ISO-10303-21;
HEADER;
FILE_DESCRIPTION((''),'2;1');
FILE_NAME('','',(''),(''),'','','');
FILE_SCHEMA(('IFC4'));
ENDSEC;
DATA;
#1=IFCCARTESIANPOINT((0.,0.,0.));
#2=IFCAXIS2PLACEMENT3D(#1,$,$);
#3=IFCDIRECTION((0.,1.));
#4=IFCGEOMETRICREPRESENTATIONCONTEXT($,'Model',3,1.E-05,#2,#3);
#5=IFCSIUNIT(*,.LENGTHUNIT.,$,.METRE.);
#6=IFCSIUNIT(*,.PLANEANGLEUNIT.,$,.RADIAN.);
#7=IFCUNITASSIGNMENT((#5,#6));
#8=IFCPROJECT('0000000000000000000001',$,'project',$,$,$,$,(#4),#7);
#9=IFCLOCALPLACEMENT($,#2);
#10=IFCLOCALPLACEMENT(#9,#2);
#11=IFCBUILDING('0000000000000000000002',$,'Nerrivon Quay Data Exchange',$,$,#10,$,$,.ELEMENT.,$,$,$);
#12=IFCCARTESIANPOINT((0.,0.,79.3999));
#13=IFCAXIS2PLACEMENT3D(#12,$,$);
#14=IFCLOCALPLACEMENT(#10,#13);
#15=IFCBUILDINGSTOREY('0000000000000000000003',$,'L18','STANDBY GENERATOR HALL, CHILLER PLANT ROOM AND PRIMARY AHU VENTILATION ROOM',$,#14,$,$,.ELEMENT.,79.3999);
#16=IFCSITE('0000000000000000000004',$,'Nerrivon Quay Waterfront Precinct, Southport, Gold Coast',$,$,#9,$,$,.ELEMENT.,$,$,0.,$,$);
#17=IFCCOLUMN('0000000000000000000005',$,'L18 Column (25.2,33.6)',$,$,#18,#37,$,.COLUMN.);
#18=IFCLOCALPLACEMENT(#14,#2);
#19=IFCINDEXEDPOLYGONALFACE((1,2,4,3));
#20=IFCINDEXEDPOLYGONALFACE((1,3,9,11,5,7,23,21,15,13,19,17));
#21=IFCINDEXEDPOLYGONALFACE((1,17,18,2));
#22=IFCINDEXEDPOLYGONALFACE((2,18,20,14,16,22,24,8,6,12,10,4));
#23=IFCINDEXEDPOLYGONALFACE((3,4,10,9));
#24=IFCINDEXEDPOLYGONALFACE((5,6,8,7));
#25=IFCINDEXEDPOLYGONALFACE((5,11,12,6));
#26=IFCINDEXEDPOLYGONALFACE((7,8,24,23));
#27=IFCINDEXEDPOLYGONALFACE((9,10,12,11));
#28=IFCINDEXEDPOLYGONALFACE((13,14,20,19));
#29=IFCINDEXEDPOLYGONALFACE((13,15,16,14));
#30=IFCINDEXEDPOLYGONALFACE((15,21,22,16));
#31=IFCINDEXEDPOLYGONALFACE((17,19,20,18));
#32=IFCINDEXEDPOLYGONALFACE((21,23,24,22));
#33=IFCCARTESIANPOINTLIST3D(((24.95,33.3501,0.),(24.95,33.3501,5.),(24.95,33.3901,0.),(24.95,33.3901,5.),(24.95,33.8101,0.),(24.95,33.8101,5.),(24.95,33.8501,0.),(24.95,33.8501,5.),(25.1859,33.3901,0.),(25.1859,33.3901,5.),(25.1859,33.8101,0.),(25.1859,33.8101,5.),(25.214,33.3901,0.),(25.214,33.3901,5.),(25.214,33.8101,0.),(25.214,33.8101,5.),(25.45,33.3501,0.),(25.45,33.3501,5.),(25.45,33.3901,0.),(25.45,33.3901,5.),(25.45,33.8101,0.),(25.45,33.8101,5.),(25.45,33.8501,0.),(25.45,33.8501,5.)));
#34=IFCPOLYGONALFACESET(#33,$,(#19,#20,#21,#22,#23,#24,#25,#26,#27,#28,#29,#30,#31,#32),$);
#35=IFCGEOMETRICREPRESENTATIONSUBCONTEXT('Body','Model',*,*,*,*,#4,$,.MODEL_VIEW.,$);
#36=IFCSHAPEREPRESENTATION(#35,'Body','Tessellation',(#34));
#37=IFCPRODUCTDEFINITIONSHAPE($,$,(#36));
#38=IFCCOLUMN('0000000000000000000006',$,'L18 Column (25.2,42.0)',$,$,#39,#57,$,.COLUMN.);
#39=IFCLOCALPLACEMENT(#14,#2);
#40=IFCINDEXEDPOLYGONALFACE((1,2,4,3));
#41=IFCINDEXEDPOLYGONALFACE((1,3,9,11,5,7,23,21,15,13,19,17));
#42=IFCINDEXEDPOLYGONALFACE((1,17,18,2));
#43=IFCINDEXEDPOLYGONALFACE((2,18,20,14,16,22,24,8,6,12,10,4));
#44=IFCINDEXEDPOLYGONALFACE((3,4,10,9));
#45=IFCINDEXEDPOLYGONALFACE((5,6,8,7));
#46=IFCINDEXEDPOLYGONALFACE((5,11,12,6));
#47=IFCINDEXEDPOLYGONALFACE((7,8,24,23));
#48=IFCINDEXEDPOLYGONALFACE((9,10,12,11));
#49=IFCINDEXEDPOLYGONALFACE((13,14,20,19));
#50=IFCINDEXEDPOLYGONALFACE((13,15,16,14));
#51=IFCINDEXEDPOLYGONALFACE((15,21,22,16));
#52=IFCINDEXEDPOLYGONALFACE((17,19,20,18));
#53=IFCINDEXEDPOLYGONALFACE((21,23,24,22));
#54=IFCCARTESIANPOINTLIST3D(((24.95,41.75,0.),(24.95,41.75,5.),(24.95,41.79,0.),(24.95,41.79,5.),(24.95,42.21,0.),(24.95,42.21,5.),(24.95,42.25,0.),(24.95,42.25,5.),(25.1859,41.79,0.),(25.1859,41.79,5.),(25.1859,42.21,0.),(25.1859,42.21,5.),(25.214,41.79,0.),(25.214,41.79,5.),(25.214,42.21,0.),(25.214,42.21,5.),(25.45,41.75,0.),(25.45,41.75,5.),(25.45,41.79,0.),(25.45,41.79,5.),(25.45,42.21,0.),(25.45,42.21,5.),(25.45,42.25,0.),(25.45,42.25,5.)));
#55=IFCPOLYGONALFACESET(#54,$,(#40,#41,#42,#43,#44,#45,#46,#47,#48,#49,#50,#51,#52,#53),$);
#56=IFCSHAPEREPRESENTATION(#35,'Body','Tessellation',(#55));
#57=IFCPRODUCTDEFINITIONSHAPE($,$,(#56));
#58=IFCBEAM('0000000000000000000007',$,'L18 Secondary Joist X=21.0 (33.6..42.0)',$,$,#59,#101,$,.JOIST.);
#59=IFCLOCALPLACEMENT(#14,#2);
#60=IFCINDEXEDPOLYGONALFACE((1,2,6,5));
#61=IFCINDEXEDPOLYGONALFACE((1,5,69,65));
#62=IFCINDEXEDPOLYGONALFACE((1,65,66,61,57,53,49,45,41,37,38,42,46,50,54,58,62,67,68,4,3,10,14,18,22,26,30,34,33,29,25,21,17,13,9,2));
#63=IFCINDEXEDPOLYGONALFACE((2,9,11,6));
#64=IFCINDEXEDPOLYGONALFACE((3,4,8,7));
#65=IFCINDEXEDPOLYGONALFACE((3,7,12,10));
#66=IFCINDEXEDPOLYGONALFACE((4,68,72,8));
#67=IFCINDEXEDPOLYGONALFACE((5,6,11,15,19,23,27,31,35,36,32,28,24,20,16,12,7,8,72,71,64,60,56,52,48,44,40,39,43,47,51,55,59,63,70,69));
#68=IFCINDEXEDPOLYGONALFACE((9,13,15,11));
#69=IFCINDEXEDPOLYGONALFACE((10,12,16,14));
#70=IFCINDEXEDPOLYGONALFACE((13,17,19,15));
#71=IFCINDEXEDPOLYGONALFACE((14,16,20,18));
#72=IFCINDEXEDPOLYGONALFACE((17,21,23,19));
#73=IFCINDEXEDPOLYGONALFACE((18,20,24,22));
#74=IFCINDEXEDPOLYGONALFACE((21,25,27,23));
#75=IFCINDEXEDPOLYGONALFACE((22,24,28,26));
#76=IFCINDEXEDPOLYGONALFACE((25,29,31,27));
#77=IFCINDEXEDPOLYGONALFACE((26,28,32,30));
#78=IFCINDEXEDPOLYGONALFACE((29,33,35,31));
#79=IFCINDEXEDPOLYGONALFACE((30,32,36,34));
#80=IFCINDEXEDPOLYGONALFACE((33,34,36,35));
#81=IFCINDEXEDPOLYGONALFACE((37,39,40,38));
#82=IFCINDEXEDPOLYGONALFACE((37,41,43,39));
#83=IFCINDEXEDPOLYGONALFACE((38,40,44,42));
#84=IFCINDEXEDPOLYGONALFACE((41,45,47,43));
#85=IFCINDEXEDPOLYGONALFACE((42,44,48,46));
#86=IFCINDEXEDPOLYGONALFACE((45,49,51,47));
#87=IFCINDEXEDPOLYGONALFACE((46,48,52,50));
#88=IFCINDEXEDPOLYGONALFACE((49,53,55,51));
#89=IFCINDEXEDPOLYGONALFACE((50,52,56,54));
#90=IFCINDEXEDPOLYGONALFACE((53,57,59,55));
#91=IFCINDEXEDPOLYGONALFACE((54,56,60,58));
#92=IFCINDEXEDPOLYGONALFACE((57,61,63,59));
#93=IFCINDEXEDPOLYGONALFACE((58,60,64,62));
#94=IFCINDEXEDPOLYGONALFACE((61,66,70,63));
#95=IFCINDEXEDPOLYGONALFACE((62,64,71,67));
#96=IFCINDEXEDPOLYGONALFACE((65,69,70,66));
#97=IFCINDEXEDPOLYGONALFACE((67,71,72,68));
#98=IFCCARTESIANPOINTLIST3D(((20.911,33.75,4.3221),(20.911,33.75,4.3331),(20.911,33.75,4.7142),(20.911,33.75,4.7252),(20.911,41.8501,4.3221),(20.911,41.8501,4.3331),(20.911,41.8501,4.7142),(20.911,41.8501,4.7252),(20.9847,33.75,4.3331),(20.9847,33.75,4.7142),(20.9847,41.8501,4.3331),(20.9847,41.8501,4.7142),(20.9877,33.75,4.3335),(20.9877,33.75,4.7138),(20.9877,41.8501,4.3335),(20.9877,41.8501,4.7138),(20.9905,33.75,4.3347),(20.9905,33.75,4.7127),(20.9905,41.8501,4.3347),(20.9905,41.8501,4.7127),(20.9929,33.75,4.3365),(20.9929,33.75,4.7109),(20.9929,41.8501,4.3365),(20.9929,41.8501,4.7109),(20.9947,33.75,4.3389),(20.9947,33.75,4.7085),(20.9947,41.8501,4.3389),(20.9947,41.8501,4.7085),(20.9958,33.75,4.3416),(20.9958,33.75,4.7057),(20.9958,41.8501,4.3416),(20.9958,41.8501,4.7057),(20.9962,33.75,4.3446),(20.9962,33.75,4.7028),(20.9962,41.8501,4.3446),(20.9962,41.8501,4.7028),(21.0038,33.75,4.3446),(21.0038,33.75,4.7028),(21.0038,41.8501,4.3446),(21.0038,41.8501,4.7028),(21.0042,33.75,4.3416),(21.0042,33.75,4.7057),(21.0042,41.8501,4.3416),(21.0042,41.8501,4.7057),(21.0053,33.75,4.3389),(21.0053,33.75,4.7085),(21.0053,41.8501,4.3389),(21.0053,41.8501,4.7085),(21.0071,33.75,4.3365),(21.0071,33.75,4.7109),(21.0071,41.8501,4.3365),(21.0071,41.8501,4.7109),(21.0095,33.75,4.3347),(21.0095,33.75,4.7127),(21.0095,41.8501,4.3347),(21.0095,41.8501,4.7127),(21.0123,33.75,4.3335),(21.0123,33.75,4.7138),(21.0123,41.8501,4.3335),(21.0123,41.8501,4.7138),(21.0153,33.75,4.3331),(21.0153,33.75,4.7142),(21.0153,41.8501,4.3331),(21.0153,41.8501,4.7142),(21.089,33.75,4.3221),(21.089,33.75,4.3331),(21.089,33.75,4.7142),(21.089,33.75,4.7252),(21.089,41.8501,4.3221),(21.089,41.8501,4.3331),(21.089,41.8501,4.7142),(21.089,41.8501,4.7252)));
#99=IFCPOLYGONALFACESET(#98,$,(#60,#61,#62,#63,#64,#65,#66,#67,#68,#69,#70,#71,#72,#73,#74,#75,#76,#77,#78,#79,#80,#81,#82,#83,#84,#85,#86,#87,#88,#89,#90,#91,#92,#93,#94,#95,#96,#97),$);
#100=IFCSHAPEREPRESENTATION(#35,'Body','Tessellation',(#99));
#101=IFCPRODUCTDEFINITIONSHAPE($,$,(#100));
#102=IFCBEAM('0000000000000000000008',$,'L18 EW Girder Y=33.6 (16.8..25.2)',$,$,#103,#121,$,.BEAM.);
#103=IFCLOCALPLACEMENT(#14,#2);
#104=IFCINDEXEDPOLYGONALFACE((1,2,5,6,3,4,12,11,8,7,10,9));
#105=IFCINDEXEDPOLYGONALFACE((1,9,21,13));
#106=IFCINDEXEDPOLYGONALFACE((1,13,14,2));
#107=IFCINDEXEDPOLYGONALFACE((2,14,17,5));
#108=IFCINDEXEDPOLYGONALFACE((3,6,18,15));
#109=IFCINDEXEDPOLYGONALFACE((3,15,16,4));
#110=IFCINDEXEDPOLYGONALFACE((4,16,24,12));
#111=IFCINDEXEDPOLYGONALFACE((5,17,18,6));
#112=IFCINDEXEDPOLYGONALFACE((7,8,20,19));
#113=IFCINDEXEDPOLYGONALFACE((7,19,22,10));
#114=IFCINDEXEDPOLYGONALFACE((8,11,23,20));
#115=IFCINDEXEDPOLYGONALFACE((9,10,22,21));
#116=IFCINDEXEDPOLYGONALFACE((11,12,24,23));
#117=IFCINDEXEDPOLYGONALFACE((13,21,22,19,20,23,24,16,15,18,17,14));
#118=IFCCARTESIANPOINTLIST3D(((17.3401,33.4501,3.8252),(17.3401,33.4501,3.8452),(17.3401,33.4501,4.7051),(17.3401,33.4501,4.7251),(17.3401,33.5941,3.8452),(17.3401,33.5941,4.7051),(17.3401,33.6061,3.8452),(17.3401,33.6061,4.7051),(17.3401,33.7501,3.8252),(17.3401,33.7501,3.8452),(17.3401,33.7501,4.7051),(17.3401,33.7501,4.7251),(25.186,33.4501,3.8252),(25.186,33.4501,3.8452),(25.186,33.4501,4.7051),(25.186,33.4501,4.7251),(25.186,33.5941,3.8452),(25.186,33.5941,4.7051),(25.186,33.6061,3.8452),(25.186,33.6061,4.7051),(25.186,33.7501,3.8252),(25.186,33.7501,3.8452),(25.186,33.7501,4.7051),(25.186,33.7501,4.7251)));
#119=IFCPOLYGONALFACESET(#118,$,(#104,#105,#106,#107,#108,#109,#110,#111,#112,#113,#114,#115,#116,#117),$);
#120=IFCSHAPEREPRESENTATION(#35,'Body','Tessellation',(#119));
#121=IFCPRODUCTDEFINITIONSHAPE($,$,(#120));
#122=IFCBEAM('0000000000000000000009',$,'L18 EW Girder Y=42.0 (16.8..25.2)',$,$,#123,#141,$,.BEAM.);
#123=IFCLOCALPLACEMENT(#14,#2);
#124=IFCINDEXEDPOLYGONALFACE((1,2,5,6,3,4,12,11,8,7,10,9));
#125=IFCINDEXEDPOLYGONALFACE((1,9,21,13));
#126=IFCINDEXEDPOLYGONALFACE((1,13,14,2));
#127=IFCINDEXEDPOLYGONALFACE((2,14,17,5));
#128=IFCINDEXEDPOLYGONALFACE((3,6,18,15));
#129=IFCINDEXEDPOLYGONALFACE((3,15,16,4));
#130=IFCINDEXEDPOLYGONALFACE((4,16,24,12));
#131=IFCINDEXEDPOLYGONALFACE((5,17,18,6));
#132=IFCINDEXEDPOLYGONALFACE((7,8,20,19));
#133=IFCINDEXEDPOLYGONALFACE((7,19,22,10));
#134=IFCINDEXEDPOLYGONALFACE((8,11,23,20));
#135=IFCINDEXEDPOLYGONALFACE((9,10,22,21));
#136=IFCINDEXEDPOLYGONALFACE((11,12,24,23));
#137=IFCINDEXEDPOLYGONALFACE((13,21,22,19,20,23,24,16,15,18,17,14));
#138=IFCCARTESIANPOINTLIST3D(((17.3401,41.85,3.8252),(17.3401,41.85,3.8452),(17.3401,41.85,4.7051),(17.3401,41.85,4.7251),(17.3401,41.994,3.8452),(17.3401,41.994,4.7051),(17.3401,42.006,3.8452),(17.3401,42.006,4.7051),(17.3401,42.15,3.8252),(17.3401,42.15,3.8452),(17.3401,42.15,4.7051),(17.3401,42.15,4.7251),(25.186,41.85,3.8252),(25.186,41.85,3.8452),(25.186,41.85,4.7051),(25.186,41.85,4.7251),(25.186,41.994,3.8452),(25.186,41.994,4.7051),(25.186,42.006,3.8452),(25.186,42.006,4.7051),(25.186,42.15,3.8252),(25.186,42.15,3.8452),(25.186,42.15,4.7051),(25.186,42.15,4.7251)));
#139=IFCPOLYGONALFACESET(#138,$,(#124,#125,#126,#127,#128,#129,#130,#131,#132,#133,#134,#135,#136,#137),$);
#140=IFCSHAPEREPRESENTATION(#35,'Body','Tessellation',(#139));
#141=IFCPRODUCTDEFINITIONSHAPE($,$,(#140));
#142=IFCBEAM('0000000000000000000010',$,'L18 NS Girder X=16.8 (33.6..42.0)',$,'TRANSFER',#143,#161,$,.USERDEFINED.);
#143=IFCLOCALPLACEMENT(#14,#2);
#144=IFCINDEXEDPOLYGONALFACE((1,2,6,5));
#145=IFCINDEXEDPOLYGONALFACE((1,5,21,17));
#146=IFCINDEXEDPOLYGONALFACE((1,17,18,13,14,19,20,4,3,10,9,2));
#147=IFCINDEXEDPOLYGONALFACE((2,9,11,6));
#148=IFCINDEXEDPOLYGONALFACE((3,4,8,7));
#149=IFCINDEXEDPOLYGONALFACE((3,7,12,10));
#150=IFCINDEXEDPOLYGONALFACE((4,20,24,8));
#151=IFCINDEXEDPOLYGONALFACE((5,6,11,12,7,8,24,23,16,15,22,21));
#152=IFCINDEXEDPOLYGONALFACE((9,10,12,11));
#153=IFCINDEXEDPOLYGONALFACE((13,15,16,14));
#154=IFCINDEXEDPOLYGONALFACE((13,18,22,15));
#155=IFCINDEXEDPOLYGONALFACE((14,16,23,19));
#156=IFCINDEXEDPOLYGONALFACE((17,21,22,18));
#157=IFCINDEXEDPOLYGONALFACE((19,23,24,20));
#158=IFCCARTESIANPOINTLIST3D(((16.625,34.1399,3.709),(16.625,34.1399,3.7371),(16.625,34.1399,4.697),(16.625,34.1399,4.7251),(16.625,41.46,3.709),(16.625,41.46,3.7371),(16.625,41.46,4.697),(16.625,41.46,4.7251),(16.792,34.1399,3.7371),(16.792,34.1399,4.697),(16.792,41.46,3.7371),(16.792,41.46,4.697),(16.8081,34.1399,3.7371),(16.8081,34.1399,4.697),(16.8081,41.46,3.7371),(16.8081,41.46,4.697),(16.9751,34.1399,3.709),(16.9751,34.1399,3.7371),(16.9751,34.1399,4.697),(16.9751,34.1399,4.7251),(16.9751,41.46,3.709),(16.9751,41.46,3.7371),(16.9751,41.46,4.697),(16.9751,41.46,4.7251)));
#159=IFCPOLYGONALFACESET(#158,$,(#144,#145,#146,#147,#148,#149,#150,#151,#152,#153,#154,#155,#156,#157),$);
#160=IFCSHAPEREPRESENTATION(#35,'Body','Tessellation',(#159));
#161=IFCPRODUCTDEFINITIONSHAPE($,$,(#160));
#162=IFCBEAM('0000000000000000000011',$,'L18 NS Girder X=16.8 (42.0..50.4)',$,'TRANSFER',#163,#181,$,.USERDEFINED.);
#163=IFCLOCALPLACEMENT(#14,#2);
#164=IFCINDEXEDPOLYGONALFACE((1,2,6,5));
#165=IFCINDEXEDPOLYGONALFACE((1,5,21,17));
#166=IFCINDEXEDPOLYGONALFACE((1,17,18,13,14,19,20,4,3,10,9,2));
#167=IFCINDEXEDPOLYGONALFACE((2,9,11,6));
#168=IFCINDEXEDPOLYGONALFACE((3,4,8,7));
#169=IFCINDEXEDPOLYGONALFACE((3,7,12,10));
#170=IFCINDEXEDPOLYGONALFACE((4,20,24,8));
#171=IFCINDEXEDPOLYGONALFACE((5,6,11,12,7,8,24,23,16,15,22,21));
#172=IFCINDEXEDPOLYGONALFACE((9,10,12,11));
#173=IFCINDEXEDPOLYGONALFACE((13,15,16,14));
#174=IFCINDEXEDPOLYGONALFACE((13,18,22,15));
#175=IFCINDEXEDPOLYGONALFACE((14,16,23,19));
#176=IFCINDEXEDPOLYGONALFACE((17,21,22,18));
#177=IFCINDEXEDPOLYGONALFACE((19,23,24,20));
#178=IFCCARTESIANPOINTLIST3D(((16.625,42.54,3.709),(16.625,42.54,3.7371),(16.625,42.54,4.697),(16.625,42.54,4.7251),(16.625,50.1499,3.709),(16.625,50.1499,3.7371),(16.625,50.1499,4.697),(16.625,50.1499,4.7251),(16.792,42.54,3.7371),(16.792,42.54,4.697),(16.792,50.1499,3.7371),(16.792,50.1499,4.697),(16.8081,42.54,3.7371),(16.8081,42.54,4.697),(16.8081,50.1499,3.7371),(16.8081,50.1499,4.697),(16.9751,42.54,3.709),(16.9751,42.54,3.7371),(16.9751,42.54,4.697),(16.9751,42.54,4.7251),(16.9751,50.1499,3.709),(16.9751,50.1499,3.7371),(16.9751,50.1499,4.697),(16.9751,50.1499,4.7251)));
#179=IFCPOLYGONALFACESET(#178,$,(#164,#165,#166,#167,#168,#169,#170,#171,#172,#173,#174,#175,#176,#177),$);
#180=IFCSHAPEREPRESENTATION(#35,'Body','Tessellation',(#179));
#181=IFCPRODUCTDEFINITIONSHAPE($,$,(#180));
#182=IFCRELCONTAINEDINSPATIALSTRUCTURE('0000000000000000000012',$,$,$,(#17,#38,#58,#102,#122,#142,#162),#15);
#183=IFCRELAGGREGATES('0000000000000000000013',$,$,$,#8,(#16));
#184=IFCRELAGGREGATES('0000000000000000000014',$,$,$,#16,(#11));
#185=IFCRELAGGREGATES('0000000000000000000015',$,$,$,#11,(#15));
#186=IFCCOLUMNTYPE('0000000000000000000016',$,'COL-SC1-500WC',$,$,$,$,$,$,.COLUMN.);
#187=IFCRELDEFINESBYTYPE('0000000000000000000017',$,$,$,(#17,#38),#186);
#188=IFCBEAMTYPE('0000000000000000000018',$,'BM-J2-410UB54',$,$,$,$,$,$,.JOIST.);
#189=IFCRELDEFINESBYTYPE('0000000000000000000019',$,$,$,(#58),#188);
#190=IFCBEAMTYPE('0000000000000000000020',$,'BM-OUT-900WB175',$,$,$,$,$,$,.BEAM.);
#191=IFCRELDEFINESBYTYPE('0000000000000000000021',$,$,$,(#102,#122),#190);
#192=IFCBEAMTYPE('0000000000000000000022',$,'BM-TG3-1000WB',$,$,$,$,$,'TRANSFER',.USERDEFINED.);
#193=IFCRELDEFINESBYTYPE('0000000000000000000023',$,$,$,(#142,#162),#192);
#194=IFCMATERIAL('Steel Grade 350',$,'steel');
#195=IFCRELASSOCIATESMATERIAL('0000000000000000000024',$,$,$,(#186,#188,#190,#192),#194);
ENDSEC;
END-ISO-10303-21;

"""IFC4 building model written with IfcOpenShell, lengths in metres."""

from ifc_helpers import new_model, si_unit, direction, frame, origin, origin_2d, place, context, subcontext, project, spatial, i_section, extrude, material, material_profile, profile_set, type_object, element, save


model = new_model("IFC4")

# Units and contexts
model_context = context("Model", 3, precision=1e-05, world=origin(), true_north=direction((0.0, 1.0)))
body_context = subcontext(model_context, "Body", "Model", "MODEL_VIEW")
ifc_project = project(units=[si_unit("LENGTHUNIT", "METRE"), si_unit("PLANEANGLEUNIT", "RADIAN")], contexts=[model_context])

# Site, building, storey
site_placement = place(None, origin())
site = spatial("IfcSite", under=ifc_project, at=site_placement, Name="Nerrivon Quay Waterfront Precinct, Southport, Gold Coast", CompositionType="ELEMENT", RefElevation=0.0)
building_placement = place(site_placement, origin())
building = spatial("IfcBuilding", under=site, at=building_placement, Name="Nerrivon Quay Data Exchange", CompositionType="ELEMENT")
storey_placement = place(building_placement, frame((0.0, 0.0, 79.3999)))
storey = spatial("IfcBuildingStorey", under=building, at=storey_placement, Name="L18", Description="STANDBY GENERATOR HALL, CHILLER PLANT ROOM AND PRIMARY AHU VENTILATION ROOM", CompositionType="ELEMENT", Elevation=79.3999)

# Columns
ifc_material_1 = material(Name="Steel Grade 350", Category="steel")
ifc_material_profile_1 = material_profile(ifc_material_1, i_section(OverallWidth=0.5, OverallDepth=0.5, WebThickness=0.0281, FlangeThickness=0.04, at=origin_2d()), Name="500WC440")
ifc_profile_set_1 = profile_set([ifc_material_profile_1], Name="Steel Grade 350")
column_type = type_object("IfcColumnType", Name="COL-SC1-500WC", PredefinedType="COLUMN", material=ifc_profile_set_1)
for number, where, z_axis, x_axis, name in (
    (1, (25.2, 33.6001, 0.0), (0.0, 0.0, 1.0), (1.0, 0.0, 0.0), "L18 Column (25.2,33.6)"),
    (2, (25.2, 42.0, 0.0), (0.0, 0.0, 1.0), (1.0, 0.0, 0.0), "L18 Column (25.2,42.0)"),
):
    element("IfcColumn", number, at=place(storey_placement, frame(where, z_axis=z_axis, x_axis=x_axis)), inside=storey, type_object=column_type, Name=name, PredefinedType="COLUMN", context=body_context, shape_type="SweptSolid", body=[
        extrude(i_section(OverallWidth=0.5, OverallDepth=0.5, WebThickness=0.0281, FlangeThickness=0.04, at=origin_2d()), origin(), (0.0, 0.0, 1.0), 5.0),
    ])

# Beams
ifc_material_profile_2 = material_profile(ifc_material_1, i_section(OverallWidth=0.178, OverallDepth=0.4031, WebThickness=0.0076, FlangeThickness=0.011, FilletRadius=0.0115, at=origin_2d()), Name="410UB53.7")
ifc_profile_set_2 = profile_set([ifc_material_profile_2], Name="Steel Grade 350")
beam_type_1 = type_object("IfcBeamType", Name="BM-J2-410UB54", PredefinedType="JOIST", material=ifc_profile_set_2)
beam_1_placement = place(storey_placement, frame((21.0, 33.75, 4.5237), z_axis=(0.0, 1.0, 0.0), x_axis=(-1.0, 0.0, 0.0)))
element("IfcBeam", 3, at=beam_1_placement, inside=storey, type_object=beam_type_1, Name="L18 Secondary Joist X=21.0 (33.6..42.0)", PredefinedType="JOIST", context=body_context, shape_type="SweptSolid", body=[
    extrude(i_section(OverallWidth=0.178, OverallDepth=0.4031, WebThickness=0.0076, FlangeThickness=0.011, FilletRadius=0.0115, at=origin_2d()), origin(), (0.0, 0.0, 1.0), 8.1001),
])
ifc_material_profile_3 = material_profile(ifc_material_1, i_section(OverallWidth=0.3, OverallDepth=0.8999, WebThickness=0.012, FlangeThickness=0.02, at=origin_2d()), Name="900WB175")
ifc_profile_set_3 = profile_set([ifc_material_profile_3], Name="Steel Grade 350")
beam_type_2 = type_object("IfcBeamType", Name="BM-OUT-900WB175", PredefinedType="BEAM", material=ifc_profile_set_3)
for number, where, z_axis, x_axis, name in (
    (4, (17.3401, 33.6001, 4.2751), (1.0, 0.0, 0.0), (0.0, 1.0, 0.0), "L18 EW Girder Y=33.6 (16.8..25.2)"),
    (5, (17.3401, 42.0, 4.2751), (1.0, 0.0, 0.0), (0.0, 1.0, 0.0), "L18 EW Girder Y=42.0 (16.8..25.2)"),
):
    element("IfcBeam", number, at=place(storey_placement, frame(where, z_axis=z_axis, x_axis=x_axis)), inside=storey, type_object=beam_type_2, Name=name, PredefinedType="BEAM", context=body_context, shape_type="SweptSolid", body=[
        extrude(i_section(OverallWidth=0.3, OverallDepth=0.8999, WebThickness=0.012, FlangeThickness=0.02, at=origin_2d()), origin(), (0.0, 0.0, 1.0), 7.8459),
    ])
ifc_material_profile_4 = material_profile(ifc_material_1, i_section(OverallWidth=0.3501, OverallDepth=1.0161, WebThickness=0.0161, FlangeThickness=0.0281, at=origin_2d()), Name="1000WB258")
ifc_profile_set_4 = profile_set([ifc_material_profile_4], Name="Steel Grade 350")
beam_type_3 = type_object("IfcBeamType", Name="BM-TG3-1000WB", ElementType="TRANSFER", PredefinedType="USERDEFINED", material=ifc_profile_set_4)
beam_2_placement = place(storey_placement, frame((16.8, 34.1399, 4.217), z_axis=(0.0, 1.0, 0.0), x_axis=(-1.0, 0.0, 0.0)))
element("IfcBeam", 6, at=beam_2_placement, inside=storey, type_object=beam_type_3, Name="L18 NS Girder X=16.8 (33.6..42.0)", ObjectType="TRANSFER", PredefinedType="USERDEFINED", context=body_context, shape_type="SweptSolid", body=[
    extrude(i_section(OverallWidth=0.3501, OverallDepth=1.0161, WebThickness=0.0161, FlangeThickness=0.0281, at=origin_2d()), origin(), (0.0, 0.0, 1.0), 7.3201),
])
beam_3_placement = place(storey_placement, frame((16.8, 42.54, 4.217), z_axis=(0.0, 1.0, 0.0), x_axis=(-1.0, 0.0, 0.0)))
element("IfcBeam", 7, at=beam_3_placement, inside=storey, type_object=beam_type_3, Name="L18 NS Girder X=16.8 (42.0..50.4)", ObjectType="TRANSFER", PredefinedType="USERDEFINED", context=body_context, shape_type="SweptSolid", body=[
    extrude(i_section(OverallWidth=0.3501, OverallDepth=1.0161, WebThickness=0.0161, FlangeThickness=0.0281, at=origin_2d()), origin(), (0.0, 0.0, 1.0), 7.6099),
])

save(model, "model.ifc")
